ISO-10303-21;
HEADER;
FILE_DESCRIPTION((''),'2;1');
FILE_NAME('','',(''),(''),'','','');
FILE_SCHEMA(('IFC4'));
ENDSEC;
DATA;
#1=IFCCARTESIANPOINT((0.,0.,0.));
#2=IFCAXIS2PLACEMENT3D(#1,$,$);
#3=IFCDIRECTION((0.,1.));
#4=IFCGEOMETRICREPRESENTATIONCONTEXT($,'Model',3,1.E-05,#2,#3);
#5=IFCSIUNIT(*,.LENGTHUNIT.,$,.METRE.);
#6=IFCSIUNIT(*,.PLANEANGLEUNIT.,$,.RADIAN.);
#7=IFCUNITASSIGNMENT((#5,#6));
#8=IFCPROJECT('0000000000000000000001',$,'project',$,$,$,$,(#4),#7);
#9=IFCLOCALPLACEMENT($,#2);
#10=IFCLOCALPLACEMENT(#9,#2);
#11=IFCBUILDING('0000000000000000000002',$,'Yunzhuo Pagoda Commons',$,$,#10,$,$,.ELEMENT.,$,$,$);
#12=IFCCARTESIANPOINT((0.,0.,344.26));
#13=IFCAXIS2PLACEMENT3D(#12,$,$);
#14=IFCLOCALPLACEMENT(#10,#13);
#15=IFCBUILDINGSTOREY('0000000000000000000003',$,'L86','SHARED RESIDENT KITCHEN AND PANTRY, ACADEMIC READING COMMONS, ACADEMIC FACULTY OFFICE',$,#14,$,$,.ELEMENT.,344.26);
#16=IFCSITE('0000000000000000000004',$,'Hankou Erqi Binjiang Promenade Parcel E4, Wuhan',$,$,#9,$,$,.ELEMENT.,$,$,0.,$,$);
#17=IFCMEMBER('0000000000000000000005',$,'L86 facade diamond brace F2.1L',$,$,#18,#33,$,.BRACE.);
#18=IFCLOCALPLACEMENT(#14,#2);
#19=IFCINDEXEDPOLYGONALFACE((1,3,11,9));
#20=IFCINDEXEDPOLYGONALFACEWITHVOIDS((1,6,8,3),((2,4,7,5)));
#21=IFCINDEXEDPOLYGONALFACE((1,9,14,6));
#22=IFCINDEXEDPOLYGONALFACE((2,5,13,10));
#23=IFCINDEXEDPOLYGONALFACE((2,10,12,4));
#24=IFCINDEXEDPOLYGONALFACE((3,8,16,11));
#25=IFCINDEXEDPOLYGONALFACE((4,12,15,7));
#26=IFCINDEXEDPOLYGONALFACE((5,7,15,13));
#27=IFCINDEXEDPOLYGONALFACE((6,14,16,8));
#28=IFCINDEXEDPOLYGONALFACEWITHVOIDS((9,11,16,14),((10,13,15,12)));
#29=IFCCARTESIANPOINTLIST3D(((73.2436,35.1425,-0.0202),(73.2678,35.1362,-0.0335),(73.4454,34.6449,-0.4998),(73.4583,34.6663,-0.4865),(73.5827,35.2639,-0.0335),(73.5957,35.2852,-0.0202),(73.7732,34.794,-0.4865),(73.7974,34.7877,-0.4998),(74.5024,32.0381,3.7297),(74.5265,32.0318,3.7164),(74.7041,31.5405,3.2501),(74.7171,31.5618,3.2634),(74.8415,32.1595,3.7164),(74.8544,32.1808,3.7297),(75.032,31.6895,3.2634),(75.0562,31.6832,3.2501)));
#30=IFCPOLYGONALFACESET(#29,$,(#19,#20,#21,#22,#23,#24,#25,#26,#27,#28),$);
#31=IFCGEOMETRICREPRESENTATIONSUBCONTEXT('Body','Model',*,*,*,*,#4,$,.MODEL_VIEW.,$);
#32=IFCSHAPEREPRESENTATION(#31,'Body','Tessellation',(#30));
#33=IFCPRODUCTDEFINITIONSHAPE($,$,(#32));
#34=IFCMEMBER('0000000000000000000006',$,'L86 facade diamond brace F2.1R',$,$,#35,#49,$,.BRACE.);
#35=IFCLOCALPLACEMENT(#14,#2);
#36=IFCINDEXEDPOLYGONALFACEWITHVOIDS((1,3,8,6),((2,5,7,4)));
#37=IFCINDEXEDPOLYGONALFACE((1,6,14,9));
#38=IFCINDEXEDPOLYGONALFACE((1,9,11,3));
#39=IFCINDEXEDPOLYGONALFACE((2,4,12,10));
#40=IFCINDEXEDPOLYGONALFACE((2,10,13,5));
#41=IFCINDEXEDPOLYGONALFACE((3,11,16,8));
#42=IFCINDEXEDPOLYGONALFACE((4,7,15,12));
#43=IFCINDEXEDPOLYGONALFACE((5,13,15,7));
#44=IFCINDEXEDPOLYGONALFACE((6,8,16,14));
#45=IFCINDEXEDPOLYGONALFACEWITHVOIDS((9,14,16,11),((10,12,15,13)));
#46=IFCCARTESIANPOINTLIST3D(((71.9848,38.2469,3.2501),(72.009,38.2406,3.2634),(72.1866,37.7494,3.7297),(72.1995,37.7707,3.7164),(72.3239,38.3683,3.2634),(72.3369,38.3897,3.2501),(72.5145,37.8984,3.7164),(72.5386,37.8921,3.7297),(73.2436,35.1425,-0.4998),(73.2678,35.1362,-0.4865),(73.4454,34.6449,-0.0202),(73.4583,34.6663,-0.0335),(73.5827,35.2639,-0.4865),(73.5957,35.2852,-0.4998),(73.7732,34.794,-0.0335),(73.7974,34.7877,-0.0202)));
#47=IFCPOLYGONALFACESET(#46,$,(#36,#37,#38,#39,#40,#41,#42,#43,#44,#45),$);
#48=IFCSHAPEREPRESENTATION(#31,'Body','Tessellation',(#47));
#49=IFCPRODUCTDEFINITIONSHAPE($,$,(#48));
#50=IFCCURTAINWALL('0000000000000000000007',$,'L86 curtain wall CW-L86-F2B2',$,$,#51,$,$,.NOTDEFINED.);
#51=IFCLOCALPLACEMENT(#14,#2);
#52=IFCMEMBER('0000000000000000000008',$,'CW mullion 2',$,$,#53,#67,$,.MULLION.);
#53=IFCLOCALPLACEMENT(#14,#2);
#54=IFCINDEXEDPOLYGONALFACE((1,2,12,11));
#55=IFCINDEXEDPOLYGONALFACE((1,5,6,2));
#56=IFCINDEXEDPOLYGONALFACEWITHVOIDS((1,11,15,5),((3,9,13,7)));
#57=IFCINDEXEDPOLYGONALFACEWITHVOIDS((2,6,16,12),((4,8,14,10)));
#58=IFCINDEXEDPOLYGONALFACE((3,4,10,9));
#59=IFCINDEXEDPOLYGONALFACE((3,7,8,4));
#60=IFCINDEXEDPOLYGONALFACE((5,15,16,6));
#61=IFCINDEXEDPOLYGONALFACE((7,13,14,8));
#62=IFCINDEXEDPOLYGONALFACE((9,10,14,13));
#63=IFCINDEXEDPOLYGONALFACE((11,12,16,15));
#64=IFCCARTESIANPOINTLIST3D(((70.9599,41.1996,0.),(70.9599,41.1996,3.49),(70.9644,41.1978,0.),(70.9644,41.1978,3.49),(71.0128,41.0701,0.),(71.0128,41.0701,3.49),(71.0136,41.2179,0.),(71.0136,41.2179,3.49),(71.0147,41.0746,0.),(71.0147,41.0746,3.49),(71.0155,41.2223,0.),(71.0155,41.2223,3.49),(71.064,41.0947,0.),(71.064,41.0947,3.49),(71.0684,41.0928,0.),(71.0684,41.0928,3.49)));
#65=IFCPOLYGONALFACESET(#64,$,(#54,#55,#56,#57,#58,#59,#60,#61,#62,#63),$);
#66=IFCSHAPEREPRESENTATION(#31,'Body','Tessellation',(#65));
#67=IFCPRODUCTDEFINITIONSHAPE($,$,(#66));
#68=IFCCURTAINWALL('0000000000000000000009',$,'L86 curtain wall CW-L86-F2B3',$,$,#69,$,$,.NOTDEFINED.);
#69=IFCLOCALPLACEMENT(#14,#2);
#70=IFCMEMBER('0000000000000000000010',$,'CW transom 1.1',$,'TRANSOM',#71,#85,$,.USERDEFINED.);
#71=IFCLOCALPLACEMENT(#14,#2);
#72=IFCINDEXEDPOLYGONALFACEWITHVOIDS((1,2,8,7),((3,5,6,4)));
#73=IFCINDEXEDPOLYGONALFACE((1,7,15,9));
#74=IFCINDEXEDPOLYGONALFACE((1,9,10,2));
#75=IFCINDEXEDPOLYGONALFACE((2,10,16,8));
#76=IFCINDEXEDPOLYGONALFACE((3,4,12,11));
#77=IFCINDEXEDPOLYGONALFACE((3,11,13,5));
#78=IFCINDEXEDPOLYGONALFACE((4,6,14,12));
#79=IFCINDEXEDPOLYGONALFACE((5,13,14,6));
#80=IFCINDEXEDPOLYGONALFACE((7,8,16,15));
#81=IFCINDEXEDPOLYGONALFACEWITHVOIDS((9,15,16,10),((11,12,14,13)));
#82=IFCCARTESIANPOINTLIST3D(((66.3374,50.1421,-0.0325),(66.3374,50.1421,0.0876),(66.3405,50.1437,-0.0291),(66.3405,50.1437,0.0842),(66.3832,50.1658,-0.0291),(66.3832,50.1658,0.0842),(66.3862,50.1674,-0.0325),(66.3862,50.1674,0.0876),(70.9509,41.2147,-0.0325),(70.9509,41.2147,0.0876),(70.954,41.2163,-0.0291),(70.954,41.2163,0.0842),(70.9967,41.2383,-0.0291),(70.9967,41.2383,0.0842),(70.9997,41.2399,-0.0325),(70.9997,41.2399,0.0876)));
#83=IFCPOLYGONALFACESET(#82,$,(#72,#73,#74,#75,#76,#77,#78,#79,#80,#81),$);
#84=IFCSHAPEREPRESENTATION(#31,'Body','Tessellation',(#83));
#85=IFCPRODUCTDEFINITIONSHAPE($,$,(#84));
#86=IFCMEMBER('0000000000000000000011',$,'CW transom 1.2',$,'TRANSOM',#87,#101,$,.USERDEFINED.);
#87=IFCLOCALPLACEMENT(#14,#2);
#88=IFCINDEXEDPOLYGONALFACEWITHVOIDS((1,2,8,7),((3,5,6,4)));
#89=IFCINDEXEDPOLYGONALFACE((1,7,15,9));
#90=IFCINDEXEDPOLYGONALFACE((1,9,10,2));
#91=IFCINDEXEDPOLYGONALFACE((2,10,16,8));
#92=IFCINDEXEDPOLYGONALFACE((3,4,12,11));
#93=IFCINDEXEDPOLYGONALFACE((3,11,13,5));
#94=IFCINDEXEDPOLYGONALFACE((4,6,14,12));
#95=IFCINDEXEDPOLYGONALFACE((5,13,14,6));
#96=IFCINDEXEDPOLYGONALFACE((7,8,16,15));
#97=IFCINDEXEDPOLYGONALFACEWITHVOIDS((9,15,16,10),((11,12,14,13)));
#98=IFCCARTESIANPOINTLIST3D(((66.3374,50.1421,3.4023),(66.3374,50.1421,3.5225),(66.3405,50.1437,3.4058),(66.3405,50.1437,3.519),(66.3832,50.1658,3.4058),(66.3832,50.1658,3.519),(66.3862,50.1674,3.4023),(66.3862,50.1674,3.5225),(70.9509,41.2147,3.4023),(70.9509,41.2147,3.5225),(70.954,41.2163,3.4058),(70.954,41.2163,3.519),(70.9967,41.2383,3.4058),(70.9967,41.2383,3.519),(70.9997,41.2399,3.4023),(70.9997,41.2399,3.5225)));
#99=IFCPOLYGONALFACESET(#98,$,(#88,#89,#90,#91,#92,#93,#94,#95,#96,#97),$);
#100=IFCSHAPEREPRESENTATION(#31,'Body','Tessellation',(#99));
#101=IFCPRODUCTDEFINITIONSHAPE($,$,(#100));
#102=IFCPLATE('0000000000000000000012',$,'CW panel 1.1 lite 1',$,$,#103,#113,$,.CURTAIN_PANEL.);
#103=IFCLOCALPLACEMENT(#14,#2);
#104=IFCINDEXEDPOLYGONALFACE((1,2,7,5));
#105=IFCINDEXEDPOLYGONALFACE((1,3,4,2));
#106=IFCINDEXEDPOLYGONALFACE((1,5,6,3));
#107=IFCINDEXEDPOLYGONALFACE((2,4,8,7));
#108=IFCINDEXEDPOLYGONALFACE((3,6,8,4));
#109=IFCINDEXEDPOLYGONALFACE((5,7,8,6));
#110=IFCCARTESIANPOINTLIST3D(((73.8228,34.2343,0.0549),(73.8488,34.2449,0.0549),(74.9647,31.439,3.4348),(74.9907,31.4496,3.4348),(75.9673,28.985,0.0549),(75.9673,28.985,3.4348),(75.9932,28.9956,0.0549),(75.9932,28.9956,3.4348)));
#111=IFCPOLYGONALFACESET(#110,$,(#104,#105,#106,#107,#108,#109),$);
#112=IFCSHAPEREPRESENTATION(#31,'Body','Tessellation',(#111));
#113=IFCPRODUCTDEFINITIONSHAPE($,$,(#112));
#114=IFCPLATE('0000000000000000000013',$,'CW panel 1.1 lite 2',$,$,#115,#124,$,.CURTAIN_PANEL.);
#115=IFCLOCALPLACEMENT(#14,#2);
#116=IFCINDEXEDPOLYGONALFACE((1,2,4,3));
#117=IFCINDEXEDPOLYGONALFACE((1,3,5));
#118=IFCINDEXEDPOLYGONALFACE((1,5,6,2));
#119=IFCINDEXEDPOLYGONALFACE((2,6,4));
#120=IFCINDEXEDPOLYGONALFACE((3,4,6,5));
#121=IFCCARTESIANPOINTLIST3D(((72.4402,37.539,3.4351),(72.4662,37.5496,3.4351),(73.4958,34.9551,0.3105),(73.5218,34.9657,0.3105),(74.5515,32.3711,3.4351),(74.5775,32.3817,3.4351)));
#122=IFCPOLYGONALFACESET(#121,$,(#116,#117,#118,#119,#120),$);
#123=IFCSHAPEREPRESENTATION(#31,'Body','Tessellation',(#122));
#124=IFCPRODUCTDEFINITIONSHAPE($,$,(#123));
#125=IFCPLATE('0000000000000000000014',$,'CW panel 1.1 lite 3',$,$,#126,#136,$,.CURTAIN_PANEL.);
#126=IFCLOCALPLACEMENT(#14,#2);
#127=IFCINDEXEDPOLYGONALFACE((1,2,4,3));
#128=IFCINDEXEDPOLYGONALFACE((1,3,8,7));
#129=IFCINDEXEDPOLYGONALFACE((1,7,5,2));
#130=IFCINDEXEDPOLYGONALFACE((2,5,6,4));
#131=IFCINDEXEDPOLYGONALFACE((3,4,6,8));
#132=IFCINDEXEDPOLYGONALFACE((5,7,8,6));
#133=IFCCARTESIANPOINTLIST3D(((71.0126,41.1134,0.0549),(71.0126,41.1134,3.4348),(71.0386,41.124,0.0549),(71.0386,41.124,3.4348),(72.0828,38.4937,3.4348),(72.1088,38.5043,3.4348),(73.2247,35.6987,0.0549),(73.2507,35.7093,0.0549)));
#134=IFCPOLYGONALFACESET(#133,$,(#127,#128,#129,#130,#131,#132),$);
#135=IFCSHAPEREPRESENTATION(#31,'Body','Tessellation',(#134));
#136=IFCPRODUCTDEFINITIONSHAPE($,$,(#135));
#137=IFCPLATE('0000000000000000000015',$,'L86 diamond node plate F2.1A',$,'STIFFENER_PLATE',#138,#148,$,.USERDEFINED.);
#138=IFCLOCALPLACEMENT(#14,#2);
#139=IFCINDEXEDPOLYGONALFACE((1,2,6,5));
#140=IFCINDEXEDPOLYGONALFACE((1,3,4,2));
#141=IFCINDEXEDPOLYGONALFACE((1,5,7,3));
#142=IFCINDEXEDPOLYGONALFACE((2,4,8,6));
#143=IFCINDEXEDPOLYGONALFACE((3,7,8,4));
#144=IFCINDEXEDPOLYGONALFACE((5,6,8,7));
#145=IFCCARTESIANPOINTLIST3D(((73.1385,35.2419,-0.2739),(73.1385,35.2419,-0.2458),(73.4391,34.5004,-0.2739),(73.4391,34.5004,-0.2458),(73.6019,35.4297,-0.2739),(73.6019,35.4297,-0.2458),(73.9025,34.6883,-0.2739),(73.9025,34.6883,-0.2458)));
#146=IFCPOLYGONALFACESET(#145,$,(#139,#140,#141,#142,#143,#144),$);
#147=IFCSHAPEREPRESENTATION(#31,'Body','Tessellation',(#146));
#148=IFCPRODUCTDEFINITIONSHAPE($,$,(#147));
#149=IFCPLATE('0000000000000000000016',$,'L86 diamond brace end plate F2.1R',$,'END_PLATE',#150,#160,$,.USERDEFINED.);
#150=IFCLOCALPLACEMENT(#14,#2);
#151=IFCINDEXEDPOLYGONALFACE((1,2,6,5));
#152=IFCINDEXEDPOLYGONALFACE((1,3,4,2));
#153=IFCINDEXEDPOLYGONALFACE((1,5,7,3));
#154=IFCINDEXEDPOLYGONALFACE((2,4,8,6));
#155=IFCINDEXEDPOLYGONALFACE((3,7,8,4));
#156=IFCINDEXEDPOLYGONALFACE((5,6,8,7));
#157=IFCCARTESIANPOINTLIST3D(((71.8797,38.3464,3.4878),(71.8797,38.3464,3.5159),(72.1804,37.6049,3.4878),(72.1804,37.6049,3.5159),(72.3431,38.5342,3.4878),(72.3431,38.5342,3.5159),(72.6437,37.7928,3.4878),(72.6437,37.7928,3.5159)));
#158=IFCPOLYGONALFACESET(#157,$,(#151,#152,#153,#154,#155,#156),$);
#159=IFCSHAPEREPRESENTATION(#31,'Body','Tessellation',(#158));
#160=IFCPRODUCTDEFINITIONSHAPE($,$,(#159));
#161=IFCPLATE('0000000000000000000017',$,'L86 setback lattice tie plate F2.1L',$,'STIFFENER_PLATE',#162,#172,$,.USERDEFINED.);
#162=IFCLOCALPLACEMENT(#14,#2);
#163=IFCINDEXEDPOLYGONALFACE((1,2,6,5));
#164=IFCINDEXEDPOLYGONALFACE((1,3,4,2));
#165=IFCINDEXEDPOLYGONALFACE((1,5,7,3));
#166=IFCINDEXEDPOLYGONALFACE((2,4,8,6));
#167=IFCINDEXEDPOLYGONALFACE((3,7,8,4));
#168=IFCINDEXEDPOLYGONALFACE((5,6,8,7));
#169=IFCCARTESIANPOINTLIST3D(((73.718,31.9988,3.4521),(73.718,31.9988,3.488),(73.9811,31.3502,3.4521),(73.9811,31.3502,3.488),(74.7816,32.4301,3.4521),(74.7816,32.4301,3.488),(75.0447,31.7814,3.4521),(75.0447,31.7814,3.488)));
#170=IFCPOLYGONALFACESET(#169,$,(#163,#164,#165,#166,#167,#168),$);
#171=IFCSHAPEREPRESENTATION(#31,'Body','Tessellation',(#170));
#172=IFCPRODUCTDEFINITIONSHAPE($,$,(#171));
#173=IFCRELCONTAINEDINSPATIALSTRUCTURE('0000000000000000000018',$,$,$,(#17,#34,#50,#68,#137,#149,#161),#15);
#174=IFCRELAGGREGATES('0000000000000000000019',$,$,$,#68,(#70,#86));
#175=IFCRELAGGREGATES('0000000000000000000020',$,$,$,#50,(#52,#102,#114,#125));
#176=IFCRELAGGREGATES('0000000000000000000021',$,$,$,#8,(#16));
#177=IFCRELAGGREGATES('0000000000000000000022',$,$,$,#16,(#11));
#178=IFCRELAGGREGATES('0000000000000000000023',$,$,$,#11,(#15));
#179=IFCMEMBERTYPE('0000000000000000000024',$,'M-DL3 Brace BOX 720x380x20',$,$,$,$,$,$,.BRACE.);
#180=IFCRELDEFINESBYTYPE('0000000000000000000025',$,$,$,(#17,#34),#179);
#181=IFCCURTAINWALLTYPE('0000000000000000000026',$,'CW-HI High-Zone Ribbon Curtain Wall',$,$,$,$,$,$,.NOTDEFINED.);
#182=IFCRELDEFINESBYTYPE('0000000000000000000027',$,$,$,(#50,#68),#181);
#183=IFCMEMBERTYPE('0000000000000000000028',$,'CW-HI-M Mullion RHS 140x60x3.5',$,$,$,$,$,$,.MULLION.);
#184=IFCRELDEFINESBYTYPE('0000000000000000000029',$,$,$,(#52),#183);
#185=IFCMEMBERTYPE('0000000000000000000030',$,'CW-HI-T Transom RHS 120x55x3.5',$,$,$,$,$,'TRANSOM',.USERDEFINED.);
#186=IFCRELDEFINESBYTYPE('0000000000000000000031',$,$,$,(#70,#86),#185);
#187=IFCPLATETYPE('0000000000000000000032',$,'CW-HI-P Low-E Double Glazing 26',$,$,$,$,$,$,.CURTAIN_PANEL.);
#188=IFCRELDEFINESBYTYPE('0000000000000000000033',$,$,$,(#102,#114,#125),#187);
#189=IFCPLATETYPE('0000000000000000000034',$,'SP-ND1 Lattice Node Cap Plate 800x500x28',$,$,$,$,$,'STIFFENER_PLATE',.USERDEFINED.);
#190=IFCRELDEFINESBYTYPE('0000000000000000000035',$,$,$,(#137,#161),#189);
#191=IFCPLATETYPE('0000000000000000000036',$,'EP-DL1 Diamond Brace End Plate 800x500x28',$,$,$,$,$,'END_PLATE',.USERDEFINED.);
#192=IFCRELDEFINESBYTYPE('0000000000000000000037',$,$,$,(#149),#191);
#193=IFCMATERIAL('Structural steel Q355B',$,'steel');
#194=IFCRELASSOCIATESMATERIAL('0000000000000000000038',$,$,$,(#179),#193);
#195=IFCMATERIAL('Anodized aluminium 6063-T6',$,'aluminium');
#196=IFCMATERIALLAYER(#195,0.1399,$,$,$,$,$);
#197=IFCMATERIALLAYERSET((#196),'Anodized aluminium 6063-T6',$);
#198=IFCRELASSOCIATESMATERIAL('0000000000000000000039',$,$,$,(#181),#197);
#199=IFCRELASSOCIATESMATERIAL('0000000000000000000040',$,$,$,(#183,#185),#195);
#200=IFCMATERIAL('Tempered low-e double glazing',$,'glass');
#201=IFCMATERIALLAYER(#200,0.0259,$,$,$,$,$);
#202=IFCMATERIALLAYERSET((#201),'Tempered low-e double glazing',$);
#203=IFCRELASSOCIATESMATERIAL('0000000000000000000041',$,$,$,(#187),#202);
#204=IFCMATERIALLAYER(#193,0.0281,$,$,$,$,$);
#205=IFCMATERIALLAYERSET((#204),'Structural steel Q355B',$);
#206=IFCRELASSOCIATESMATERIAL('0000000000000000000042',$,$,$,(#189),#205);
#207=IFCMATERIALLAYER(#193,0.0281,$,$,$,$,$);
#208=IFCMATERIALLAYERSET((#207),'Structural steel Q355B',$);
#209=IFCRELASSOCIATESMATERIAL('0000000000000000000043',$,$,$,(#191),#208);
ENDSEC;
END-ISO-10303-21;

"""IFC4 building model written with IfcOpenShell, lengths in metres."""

from ifc_helpers import new_model, si_unit, direction, frame, origin, origin_2d, place, context, subcontext, project, spatial, polyline, rectangle, hollow_rectangle, outline, extrude, source, transform, mapped, material, layer, layer_set, material_profile, profile_set, type_object, element, aggregate, save


model = new_model("IFC4")

# Units and contexts
model_context = context("Model", 3, precision=1e-05, world=origin(), true_north=direction((0.0, 1.0)))
body_context = subcontext(model_context, "Body", "Model", "MODEL_VIEW")
ifc_project = project(units=[si_unit("LENGTHUNIT", "METRE"), si_unit("PLANEANGLEUNIT", "RADIAN")], contexts=[model_context])

# Site, building, storey
site_placement = place(None, origin())
site = spatial("IfcSite", under=ifc_project, at=site_placement, Name="Hankou Erqi Binjiang Promenade Parcel E4, Wuhan", CompositionType="ELEMENT", RefElevation=0.0)
building_placement = place(site_placement, origin())
building = spatial("IfcBuilding", under=site, at=building_placement, Name="Yunzhuo Pagoda Commons", CompositionType="ELEMENT")
storey_placement = place(building_placement, frame((0.0, 0.0, 344.26)))
storey = spatial("IfcBuildingStorey", under=building, at=storey_placement, Name="L86", Description="SHARED RESIDENT KITCHEN AND PANTRY, ACADEMIC READING COMMONS, ACADEMIC FACULTY OFFICE", CompositionType="ELEMENT", Elevation=344.26)

# Shared definitions
ifc_material_1 = material(Name="Structural steel Q355B", Category="steel")

# Members
ifc_material_profile_1 = material_profile(ifc_material_1, hollow_rectangle(XDim=0.3799, YDim=0.72, WallThickness=0.02, at=origin_2d()), Name="Structural steel Q355B")
ifc_profile_set_1 = profile_set([ifc_material_profile_1], Name="Structural steel Q355B")
member_type_1 = type_object("IfcMemberType", Name="M-DL3 Brace BOX 720x380x20", PredefinedType="BRACE", material=ifc_profile_set_1)
shared_shape_1 = source(origin(), body_context, "Body", "SweptSolid", [
    extrude(hollow_rectangle(XDim=0.3799, YDim=0.72, WallThickness=0.02, at=origin_2d()), origin(), (0.0, 0.0, 1.0), 5.0283),
])
for number, where, z_axis, x_axis, name in (
    (1, (73.5205, 34.9651, -0.26), (0.250335, -0.61739, 0.745762), (0.926717, 0.375759, 0.0), "L86 facade diamond brace F2.1L"),
    (2, (73.5205, 34.9651, -0.26), (-0.250335, 0.61739, 0.745762), (-0.926717, -0.375759, 0.0), "L86 facade diamond brace F2.1R"),
):
    element("IfcMember", number, at=place(storey_placement, frame(where, z_axis=z_axis, x_axis=x_axis)), inside=storey, type_object=member_type_1, Name=name, PredefinedType="BRACE", context=body_context, shape_type="MappedRepresentation", body=[
        mapped(shared_shape_1, transform((0.0, 0.0, 0.0), scale=1.0)),
    ])

# Curtain wall, member
ifc_material_2 = material(Name="Anodized aluminium 6063-T6", Category="aluminium")
ifc_layer_1 = layer(ifc_material_2, 0.1399)
ifc_layer_set_1 = layer_set([ifc_layer_1], Name="Anodized aluminium 6063-T6")
curtain_wall_type = type_object("IfcCurtainWallType", Name="CW-HI High-Zone Ribbon Curtain Wall", PredefinedType="NOTDEFINED", material=ifc_layer_set_1)
curtain_wall_1_placement = place(storey_placement, origin())
curtain_wall_1 = element("IfcCurtainWall", 3, at=curtain_wall_1_placement, inside=storey, type_object=curtain_wall_type, Name="L86 curtain wall CW-L86-F2B2", PredefinedType="NOTDEFINED")
ifc_material_profile_2 = material_profile(ifc_material_2, hollow_rectangle(XDim=0.0601, YDim=0.1399, WallThickness=0.0034, at=origin_2d()), Name="Anodized aluminium 6063-T6")
ifc_profile_set_2 = profile_set([ifc_material_profile_2], Name="Anodized aluminium 6063-T6")
member_type_2 = type_object("IfcMemberType", Name="CW-HI-M Mullion RHS 140x60x3.5", PredefinedType="MULLION", material=ifc_profile_set_2)
shared_shape_2 = source(origin(), body_context, "Body", "SweptSolid", [
    extrude(hollow_rectangle(XDim=0.0601, YDim=0.1399, WallThickness=0.0034, at=origin_2d()), origin(), (0.0, 0.0, 1.0), 3.49),
])
member_1_placement = place(storey_placement, frame((71.0142, 41.1462, 0.0), z_axis=(0.0, 0.0, 1.0), x_axis=(-0.92573, -0.378185, 0.0)))
member_1 = element("IfcMember", 4, at=member_1_placement, type_object=member_type_2, Name="CW mullion 2", PredefinedType="MULLION", context=body_context, shape_type="MappedRepresentation", body=[
    mapped(shared_shape_2, transform((0.0, 0.0, 0.0), scale=1.0)),
])

# Curtain wall, members
curtain_wall_2_placement = place(storey_placement, origin())
curtain_wall_2 = element("IfcCurtainWall", 5, at=curtain_wall_2_placement, inside=storey, type_object=curtain_wall_type, Name="L86 curtain wall CW-L86-F2B3", PredefinedType="NOTDEFINED")
ifc_material_profile_3 = material_profile(ifc_material_2, hollow_rectangle(XDim=0.0549, YDim=0.1201, WallThickness=0.0034, at=origin_2d()), Name="Anodized aluminium 6063-T6")
ifc_profile_set_3 = profile_set([ifc_material_profile_3], Name="Anodized aluminium 6063-T6")
member_type_3 = type_object("IfcMemberType", Name="CW-HI-T Transom RHS 120x55x3.5", ElementType="TRANSOM", PredefinedType="USERDEFINED", material=ifc_profile_set_3)
shared_shape_3 = source(origin(), body_context, "Body", "SweptSolid", [
    extrude(hollow_rectangle(XDim=0.0549, YDim=0.1201, WallThickness=0.0034, at=origin_2d()), origin(), (0.0, 0.0, 1.0), 10.0491),
])
member_2_placement = place(storey_placement, frame((70.9753, 41.2273, 0.0276), z_axis=(-0.459098, 0.888386, 0.0), x_axis=(-0.888386, -0.459098, 0.0)))
member_2 = element("IfcMember", 6, at=member_2_placement, type_object=member_type_3, Name="CW transom 1.1", ObjectType="TRANSOM", PredefinedType="USERDEFINED", context=body_context, shape_type="MappedRepresentation", body=[
    mapped(shared_shape_3, transform((0.0, 0.0, 0.0), scale=1.0)),
])
member_3_placement = place(storey_placement, frame((70.9753, 41.2273, 3.4624), z_axis=(-0.459098, 0.888386, 0.0), x_axis=(-0.888386, -0.459098, 0.0)))
member_3 = element("IfcMember", 7, at=member_3_placement, type_object=member_type_3, Name="CW transom 1.2", ObjectType="TRANSOM", PredefinedType="USERDEFINED", context=body_context, shape_type="MappedRepresentation", body=[
    mapped(shared_shape_3, transform((0.0, 0.0, 0.0), scale=1.0)),
])
aggregate(curtain_wall_2, [member_2, member_3])

# Plates
ifc_material_3 = material(Name="Tempered low-e double glazing", Category="glass")
ifc_layer_2 = layer(ifc_material_3, 0.0259)
ifc_layer_set_2 = layer_set([ifc_layer_2], Name="Tempered low-e double glazing")
plate_type_1 = type_object("IfcPlateType", Name="CW-HI-P Low-E Double Glazing 26", PredefinedType="CURTAIN_PANEL", material=ifc_layer_set_2)
plate_1_placement = place(storey_placement, frame((74.895, 31.6096, 1.7449), z_axis=(0.92573, 0.378185, 0.0), x_axis=(-0.378185, 0.92573, 0.0)))
plate_1 = element("IfcPlate", 8, at=plate_1_placement, type_object=plate_type_1, Name="CW panel 1.1 lite 1", PredefinedType="CURTAIN_PANEL", context=body_context, shape_type="SweptSolid", body=[
    extrude(outline(polyline([(-2.8352, -1.6899), (2.8352, -1.6899), (-0.1843, 1.6899), (-2.8352, 1.6899), (-2.8352, -1.6899)])), origin(), (0.0, 0.0, 1.0), 0.0281),
])
plate_2_placement = place(storey_placement, frame((73.4958, 34.9551, 1.8728), z_axis=(0.92573, 0.378185, 0.0), x_axis=(-0.378185, 0.92573, 0.0)))
plate_2 = element("IfcPlate", 9, at=plate_2_placement, type_object=plate_type_1, Name="CW panel 1.1 lite 2", PredefinedType="CURTAIN_PANEL", context=body_context, shape_type="SweptSolid", body=[
    extrude(outline(polyline([(-2.7913, 1.5623), (0.0, -1.5623), (2.7913, 1.5623), (-2.7913, 1.5623)])), origin(), (0.0, 0.0, 1.0), 0.0281),
])
plate_3_placement = place(storey_placement, frame((72.1187, 38.406, 1.7449), z_axis=(0.92573, 0.378185, 0.0), x_axis=(-0.378185, 0.92573, 0.0)))
plate_3 = element("IfcPlate", 10, at=plate_3_placement, type_object=plate_type_1, Name="CW panel 1.1 lite 3", PredefinedType="CURTAIN_PANEL", context=body_context, shape_type="SweptSolid", body=[
    extrude(outline(polyline([(-2.9246, -1.6899), (2.9246, -1.6899), (2.9246, 1.6899), (0.0947, 1.6899), (-2.9246, -1.6899)])), origin(), (0.0, 0.0, 1.0), 0.0281),
])
aggregate(curtain_wall_1, [member_1, plate_1, plate_2, plate_3])

# Plates
ifc_layer_3 = layer(ifc_material_1, 0.0281)
ifc_layer_set_3 = layer_set([ifc_layer_3], Name="Structural steel Q355B")
plate_type_2 = type_object("IfcPlateType", Name="SP-ND1 Lattice Node Cap Plate 800x500x28", ElementType="STIFFENER_PLATE", PredefinedType="USERDEFINED", material=ifc_layer_set_3)
shared_shape_4 = source(origin(), body_context, "Body", "SweptSolid", [
    extrude(rectangle(XDim=0.8, YDim=0.5, at=origin_2d()), origin(), (0.0, 0.0, 1.0), 0.0281),
])
plate_4_placement = place(storey_placement, frame((73.5205, 34.9651, -0.2739), z_axis=(0.0, 0.0, 1.0), x_axis=(-0.375755, 0.926719, 0.0)))
element("IfcPlate", 11, at=plate_4_placement, inside=storey, type_object=plate_type_2, Name="L86 diamond node plate F2.1A", ObjectType="STIFFENER_PLATE", PredefinedType="USERDEFINED", context=body_context, shape_type="MappedRepresentation", body=[
    mapped(shared_shape_4, transform((0.0, 0.0, 0.0), scale=1.0)),
])
ifc_layer_4 = layer(ifc_material_1, 0.0281)
ifc_layer_set_4 = layer_set([ifc_layer_4], Name="Structural steel Q355B")
plate_type_3 = type_object("IfcPlateType", Name="EP-DL1 Diamond Brace End Plate 800x500x28", ElementType="END_PLATE", PredefinedType="USERDEFINED", material=ifc_layer_set_4)
plate_5_placement = place(storey_placement, frame((72.2617, 38.0696, 3.4878), z_axis=(0.0, 0.0, 1.0), x_axis=(-0.375755, 0.926719, 0.0)))
element("IfcPlate", 12, at=plate_5_placement, inside=storey, type_object=plate_type_3, Name="L86 diamond brace end plate F2.1R", ObjectType="END_PLATE", PredefinedType="USERDEFINED", context=body_context, shape_type="MappedRepresentation", body=[
    mapped(shared_shape_4, transform((0.0, 0.0, 0.0), scale=1.0)),
])
shared_shape_5 = source(origin(), body_context, "Body", "SweptSolid", [
    extrude(rectangle(XDim=0.7, YDim=1.1477, at=origin_2d()), origin(), (0.0, 0.0, 1.0), 0.0359),
])
plate_6_placement = place(storey_placement, frame((74.3813, 31.8901, 3.4521), z_axis=(0.0, 0.0, 1.0), x_axis=(-0.375755, 0.926719, 0.0)))
element("IfcPlate", 13, at=plate_6_placement, inside=storey, type_object=plate_type_2, Name="L86 setback lattice tie plate F2.1L", ObjectType="STIFFENER_PLATE", PredefinedType="USERDEFINED", context=body_context, shape_type="MappedRepresentation", body=[
    mapped(shared_shape_5, transform((0.0, 0.0, 0.0), scale=1.0)),
])

save(model, "model.ifc")
